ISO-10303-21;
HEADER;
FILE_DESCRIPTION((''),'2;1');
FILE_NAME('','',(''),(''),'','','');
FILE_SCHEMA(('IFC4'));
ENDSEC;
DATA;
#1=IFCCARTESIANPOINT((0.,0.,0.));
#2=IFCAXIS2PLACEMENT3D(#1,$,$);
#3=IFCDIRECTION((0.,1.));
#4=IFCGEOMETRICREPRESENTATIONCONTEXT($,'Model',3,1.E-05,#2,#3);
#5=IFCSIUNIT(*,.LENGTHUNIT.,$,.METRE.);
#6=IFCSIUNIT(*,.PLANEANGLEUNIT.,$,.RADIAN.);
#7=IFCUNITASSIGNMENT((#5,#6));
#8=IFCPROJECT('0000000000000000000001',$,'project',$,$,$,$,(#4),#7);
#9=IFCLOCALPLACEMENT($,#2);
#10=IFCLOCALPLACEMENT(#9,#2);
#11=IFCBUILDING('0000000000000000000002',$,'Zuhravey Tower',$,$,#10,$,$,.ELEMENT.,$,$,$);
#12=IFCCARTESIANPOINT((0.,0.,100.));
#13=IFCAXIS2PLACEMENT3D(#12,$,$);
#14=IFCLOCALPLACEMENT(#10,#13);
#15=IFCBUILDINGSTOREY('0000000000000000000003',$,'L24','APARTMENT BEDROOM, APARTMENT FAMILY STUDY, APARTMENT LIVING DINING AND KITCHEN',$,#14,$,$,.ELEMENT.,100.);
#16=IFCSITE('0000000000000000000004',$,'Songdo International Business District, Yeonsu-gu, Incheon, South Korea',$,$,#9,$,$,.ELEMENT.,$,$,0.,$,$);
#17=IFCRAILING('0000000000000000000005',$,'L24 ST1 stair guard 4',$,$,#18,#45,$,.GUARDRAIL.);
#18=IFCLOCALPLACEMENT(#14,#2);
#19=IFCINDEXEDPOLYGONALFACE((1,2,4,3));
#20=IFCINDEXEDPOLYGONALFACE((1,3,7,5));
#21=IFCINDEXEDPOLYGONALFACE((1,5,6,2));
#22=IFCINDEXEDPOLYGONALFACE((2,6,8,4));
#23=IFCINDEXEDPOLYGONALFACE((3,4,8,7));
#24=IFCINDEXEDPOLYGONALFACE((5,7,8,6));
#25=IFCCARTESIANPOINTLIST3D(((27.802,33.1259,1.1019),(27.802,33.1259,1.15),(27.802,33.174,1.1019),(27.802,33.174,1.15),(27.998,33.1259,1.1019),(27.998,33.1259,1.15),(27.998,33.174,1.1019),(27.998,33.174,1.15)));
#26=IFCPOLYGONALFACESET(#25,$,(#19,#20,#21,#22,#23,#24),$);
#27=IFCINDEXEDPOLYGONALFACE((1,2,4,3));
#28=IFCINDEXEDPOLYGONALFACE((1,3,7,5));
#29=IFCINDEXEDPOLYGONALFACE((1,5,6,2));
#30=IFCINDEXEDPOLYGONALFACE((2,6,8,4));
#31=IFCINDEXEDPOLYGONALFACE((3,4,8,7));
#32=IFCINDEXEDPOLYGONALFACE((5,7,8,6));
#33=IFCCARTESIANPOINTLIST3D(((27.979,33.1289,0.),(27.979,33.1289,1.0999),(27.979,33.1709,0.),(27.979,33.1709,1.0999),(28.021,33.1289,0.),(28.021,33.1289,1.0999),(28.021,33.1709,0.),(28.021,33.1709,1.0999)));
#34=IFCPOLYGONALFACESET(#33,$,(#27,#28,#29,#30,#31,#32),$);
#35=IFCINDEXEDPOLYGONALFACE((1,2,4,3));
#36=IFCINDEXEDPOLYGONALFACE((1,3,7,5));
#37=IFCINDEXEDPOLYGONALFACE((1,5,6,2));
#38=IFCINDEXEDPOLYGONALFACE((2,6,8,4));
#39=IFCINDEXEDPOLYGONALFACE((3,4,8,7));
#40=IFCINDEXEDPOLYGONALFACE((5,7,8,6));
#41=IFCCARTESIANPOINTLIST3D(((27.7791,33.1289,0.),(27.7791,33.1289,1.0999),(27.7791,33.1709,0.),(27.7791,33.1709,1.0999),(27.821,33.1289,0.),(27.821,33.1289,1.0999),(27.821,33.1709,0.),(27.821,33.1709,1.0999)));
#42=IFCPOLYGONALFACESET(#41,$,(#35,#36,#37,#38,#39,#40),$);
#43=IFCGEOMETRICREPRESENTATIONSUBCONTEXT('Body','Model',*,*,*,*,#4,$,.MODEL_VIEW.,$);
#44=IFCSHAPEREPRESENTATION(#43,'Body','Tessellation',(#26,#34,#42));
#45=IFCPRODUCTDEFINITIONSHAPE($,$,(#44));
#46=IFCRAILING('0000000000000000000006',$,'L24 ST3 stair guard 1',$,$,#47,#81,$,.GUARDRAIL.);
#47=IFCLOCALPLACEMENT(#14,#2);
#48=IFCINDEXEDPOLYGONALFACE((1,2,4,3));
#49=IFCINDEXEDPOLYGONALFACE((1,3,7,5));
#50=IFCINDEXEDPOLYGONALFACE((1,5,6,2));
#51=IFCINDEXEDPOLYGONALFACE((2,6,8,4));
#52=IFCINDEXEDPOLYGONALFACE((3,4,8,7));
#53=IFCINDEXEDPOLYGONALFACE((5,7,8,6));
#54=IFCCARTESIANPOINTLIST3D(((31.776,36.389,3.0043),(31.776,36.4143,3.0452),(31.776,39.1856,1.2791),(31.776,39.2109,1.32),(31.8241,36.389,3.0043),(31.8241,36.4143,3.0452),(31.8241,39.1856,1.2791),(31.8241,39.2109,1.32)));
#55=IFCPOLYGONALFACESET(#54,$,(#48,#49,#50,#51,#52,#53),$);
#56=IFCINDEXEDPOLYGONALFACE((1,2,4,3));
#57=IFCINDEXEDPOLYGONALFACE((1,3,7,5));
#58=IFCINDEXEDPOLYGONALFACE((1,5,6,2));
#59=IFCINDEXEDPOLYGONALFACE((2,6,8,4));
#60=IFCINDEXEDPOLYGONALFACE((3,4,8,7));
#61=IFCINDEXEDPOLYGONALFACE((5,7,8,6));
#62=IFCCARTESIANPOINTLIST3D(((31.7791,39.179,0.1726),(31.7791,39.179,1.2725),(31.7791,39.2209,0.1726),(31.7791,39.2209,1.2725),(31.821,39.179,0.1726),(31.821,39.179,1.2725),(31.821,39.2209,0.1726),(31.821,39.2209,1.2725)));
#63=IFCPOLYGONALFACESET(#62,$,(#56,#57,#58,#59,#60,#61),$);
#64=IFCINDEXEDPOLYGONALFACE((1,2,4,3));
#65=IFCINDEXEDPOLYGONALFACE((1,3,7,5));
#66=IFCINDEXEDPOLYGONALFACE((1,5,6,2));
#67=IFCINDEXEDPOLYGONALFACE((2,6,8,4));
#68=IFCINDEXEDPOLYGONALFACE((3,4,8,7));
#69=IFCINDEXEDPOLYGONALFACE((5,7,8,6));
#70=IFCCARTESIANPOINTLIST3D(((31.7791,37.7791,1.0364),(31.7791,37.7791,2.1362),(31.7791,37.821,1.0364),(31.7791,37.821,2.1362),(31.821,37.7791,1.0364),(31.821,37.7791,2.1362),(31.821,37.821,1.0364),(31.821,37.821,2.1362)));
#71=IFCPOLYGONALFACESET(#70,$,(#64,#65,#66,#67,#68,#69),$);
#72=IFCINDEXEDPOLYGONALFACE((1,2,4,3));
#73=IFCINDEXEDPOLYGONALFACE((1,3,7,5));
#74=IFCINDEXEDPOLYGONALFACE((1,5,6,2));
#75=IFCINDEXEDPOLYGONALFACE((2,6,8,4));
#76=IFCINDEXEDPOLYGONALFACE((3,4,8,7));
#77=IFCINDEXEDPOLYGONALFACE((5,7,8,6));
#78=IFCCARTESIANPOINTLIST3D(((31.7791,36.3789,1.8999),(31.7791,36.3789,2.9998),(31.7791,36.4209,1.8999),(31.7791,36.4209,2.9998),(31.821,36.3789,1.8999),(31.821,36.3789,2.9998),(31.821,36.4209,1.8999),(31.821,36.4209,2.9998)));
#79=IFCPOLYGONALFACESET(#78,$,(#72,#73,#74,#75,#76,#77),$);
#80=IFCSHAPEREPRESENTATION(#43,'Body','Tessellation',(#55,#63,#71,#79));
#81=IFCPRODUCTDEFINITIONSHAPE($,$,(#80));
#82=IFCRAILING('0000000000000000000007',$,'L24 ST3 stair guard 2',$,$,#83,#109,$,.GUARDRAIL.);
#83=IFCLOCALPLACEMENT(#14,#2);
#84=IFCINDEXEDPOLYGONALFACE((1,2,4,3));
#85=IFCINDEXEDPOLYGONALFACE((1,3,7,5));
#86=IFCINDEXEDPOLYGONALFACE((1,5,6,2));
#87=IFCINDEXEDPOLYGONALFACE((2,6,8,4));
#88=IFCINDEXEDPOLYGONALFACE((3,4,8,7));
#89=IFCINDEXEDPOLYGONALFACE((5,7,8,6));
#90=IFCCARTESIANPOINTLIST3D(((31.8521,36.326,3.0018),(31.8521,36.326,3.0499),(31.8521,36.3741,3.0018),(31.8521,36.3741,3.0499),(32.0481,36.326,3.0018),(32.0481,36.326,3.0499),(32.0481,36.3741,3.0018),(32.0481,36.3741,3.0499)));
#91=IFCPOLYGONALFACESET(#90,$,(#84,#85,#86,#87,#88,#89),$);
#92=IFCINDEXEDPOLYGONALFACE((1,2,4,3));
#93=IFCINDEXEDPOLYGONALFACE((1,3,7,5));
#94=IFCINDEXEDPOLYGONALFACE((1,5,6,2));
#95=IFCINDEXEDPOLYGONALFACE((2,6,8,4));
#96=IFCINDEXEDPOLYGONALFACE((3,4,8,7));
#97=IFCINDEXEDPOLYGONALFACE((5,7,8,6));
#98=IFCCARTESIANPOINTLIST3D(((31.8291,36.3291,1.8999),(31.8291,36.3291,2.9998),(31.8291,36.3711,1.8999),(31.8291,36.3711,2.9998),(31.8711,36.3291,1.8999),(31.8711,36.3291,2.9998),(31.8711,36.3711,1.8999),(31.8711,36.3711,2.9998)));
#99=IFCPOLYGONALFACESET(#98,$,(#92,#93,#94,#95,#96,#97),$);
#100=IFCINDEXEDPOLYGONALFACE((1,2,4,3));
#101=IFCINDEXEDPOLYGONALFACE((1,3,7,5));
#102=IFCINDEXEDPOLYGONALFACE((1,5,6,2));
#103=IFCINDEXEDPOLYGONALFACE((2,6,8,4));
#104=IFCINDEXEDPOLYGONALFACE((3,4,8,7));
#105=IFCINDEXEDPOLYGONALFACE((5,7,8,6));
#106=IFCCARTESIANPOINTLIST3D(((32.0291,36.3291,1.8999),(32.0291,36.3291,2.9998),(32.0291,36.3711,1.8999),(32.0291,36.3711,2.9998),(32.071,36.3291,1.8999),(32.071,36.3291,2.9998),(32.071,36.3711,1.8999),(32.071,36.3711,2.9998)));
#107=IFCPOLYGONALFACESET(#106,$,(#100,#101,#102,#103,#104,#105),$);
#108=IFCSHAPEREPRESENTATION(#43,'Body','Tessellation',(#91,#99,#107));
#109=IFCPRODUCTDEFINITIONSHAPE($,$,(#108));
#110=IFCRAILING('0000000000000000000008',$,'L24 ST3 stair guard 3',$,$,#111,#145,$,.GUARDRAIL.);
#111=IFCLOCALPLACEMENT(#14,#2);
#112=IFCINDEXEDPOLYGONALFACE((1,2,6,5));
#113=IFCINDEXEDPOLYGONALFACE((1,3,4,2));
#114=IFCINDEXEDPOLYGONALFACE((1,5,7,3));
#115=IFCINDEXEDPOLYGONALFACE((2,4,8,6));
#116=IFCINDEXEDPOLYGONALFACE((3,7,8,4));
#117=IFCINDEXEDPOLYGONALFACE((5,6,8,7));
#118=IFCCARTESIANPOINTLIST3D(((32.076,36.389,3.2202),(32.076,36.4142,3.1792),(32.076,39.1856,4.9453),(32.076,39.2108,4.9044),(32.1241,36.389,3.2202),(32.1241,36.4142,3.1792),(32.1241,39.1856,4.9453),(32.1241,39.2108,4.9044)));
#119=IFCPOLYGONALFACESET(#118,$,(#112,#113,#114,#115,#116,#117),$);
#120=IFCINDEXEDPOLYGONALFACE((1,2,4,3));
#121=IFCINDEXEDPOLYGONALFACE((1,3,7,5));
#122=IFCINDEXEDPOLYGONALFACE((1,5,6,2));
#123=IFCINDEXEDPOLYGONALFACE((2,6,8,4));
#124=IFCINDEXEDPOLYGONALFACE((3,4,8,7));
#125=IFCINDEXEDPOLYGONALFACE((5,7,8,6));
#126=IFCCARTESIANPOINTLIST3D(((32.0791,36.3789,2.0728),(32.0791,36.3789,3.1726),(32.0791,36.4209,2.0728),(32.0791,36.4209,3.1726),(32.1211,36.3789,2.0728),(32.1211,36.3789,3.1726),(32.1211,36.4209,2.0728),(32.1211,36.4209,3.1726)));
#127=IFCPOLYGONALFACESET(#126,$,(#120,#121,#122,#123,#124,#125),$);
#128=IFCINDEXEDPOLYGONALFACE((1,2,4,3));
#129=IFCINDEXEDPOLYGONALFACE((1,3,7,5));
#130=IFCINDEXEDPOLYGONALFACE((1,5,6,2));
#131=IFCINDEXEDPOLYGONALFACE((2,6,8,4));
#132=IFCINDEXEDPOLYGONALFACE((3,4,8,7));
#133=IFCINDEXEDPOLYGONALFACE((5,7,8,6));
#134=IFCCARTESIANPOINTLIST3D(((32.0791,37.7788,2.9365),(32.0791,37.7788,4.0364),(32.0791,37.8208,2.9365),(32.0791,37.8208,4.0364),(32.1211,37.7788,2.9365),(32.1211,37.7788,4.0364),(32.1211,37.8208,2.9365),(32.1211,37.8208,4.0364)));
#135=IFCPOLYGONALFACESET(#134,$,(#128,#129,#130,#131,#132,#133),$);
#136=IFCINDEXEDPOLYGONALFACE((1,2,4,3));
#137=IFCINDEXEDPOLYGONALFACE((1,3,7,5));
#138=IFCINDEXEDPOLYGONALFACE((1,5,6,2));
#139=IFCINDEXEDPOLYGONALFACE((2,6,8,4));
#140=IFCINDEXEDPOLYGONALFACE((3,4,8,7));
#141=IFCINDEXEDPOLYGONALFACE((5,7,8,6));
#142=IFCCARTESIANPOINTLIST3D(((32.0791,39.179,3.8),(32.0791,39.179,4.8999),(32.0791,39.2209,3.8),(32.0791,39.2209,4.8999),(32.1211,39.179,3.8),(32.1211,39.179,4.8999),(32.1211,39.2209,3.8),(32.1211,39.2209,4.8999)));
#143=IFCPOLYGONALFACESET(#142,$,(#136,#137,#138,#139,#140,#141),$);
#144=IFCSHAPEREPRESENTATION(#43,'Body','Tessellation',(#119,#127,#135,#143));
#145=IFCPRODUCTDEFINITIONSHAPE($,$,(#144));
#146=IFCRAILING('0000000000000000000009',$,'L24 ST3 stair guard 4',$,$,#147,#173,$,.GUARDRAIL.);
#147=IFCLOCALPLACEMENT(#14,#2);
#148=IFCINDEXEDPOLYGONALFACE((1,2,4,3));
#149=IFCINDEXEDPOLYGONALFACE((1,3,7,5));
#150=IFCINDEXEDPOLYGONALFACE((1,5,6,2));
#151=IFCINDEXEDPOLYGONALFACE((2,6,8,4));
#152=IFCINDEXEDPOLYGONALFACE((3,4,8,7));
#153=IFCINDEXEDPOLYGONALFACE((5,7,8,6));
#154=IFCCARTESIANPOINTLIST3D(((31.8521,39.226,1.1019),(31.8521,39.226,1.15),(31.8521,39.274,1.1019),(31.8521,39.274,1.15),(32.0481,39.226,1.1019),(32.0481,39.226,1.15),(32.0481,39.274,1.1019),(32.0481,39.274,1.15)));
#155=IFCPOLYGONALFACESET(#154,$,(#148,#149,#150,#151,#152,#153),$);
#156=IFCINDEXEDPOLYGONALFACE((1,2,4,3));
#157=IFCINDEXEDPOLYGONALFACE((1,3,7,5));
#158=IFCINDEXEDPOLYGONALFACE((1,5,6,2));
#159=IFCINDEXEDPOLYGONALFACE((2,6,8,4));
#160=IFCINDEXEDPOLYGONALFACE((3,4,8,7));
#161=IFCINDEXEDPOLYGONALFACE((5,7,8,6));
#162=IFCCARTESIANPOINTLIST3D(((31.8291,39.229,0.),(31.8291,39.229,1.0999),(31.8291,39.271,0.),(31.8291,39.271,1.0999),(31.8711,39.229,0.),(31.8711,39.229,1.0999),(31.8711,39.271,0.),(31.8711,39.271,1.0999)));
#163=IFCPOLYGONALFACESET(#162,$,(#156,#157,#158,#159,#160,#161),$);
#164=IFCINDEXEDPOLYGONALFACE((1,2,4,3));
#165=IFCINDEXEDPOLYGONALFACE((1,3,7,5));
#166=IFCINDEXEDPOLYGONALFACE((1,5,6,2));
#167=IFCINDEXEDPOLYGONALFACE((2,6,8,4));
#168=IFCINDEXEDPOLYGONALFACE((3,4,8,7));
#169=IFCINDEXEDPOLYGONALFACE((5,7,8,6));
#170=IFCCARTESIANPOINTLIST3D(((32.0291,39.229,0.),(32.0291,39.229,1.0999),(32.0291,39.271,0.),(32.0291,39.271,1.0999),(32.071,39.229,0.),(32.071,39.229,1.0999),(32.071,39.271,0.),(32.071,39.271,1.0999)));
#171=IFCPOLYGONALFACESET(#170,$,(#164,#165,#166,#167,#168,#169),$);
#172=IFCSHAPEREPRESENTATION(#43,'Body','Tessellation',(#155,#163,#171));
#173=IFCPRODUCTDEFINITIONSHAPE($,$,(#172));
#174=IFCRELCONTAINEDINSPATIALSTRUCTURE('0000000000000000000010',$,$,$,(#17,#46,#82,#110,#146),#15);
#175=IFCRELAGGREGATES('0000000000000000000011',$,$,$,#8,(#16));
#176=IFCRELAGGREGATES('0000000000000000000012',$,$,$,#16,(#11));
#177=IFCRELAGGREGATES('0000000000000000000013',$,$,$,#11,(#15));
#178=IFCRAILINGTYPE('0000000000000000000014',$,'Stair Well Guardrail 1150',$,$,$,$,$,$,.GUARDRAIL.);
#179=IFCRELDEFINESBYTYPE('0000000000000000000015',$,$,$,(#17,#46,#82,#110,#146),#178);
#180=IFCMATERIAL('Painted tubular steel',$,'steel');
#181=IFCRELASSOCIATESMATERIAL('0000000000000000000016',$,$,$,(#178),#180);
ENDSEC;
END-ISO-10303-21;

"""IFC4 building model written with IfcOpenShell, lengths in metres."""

from ifc_helpers import new_model, si_unit, direction, frame, origin, origin_2d, place, context, subcontext, project, spatial, rectangle, extrude, material, type_object, element, save


model = new_model("IFC4")

# Units and contexts
model_context = context("Model", 3, precision=1e-05, world=origin(), true_north=direction((0.0, 1.0)))
body_context = subcontext(model_context, "Body", "Model", "MODEL_VIEW")
ifc_project = project(units=[si_unit("LENGTHUNIT", "METRE"), si_unit("PLANEANGLEUNIT", "RADIAN")], contexts=[model_context])

# Site, building, storey
site_placement = place(None, origin())
site = spatial("IfcSite", under=ifc_project, at=site_placement, Name="Songdo International Business District, Yeonsu-gu, Incheon, South Korea", CompositionType="ELEMENT", RefElevation=0.0)
building_placement = place(site_placement, origin())
building = spatial("IfcBuilding", under=site, at=building_placement, Name="Zuhravey Tower", CompositionType="ELEMENT")
storey_placement = place(building_placement, frame((0.0, 0.0, 100.0)))
storey = spatial("IfcBuildingStorey", under=building, at=storey_placement, Name="L24", Description="APARTMENT BEDROOM, APARTMENT FAMILY STUDY, APARTMENT LIVING DINING AND KITCHEN", CompositionType="ELEMENT", Elevation=100.0)

# Railings
ifc_material_1 = material(Name="Painted tubular steel", Category="steel")
railing_type_1 = type_object("IfcRailingType", Name="Stair Well Guardrail 1150", PredefinedType="GUARDRAIL", material=ifc_material_1)
railing_1_placement = place(storey_placement, frame((28.0, 33.1499, 0.0)))
element("IfcRailing", 1, at=railing_1_placement, inside=storey, type_object=railing_type_1, Name="L24 ST1 stair guard 4", PredefinedType="GUARDRAIL", context=body_context, shape_type="SweptSolid", body=[
    extrude(rectangle(XDim=0.0481, YDim=0.0481, at=origin_2d()), frame((-0.002, 0.0, 1.126), z_axis=(-1.0, 0.0, 0.0), x_axis=(0.0, -1.0, 0.0)), (0.0, 0.0, 1.0), 0.196),
    extrude(rectangle(XDim=0.042, YDim=0.042, at=origin_2d()), origin(), (0.0, 0.0, 1.0), 1.0999),
    extrude(rectangle(XDim=0.042, YDim=0.042, at=origin_2d()), frame((-0.2, 0.0, 0.0)), (0.0, 0.0, 1.0), 1.0999),
])
railing_2_placement = place(storey_placement, frame((31.8, 39.2, 0.1726)))
element("IfcRailing", 2, at=railing_2_placement, inside=storey, type_object=railing_type_1, Name="L24 ST3 stair guard 1", PredefinedType="GUARDRAIL", context=body_context, shape_type="SweptSolid", body=[
    extrude(rectangle(XDim=0.0481, YDim=0.0481, at=origin_2d()), frame((0.0, -0.0017, 1.127), z_axis=(0.0, -0.85109, 0.52502), x_axis=(1.0, 0.0, 0.0)), (0.0, 0.0, 1.0), 3.2859),
    extrude(rectangle(XDim=0.042, YDim=0.042, at=origin_2d()), origin(), (0.0, 0.0, 1.0), 1.0999),
    extrude(rectangle(XDim=0.042, YDim=0.042, at=origin_2d()), frame((0.0, -1.3999, 0.8638)), (0.0, 0.0, 1.0), 1.0999),
    extrude(rectangle(XDim=0.042, YDim=0.042, at=origin_2d()), frame((0.0, -2.8, 1.7273)), (0.0, 0.0, 1.0), 1.0999),
])
railing_3_placement = place(storey_placement, frame((31.8501, 36.3501, 1.8999)))
element("IfcRailing", 3, at=railing_3_placement, inside=storey, type_object=railing_type_1, Name="L24 ST3 stair guard 2", PredefinedType="GUARDRAIL", context=body_context, shape_type="SweptSolid", body=[
    extrude(rectangle(XDim=0.0481, YDim=0.0481, at=origin_2d()), frame((0.002, 0.0, 1.126), z_axis=(1.0, 0.0, 0.0), x_axis=(0.0, 1.0, 0.0)), (0.0, 0.0, 1.0), 0.196),
    extrude(rectangle(XDim=0.042, YDim=0.042, at=origin_2d()), origin(), (0.0, 0.0, 1.0), 1.0999),
    extrude(rectangle(XDim=0.042, YDim=0.042, at=origin_2d()), frame((0.2, 0.0, 0.0)), (0.0, 0.0, 1.0), 1.0999),
])
railing_4_placement = place(storey_placement, frame((32.1001, 36.3999, 2.0728)))
element("IfcRailing", 4, at=railing_4_placement, inside=storey, type_object=railing_type_1, Name="L24 ST3 stair guard 3", PredefinedType="GUARDRAIL", context=body_context, shape_type="SweptSolid", body=[
    extrude(rectangle(XDim=0.0481, YDim=0.0481, at=origin_2d()), frame((0.0, 0.0017, 1.127), z_axis=(0.0, 0.85109, 0.52502), x_axis=(-1.0, 0.0, 0.0)), (0.0, 0.0, 1.0), 3.2859),
    extrude(rectangle(XDim=0.042, YDim=0.042, at=origin_2d()), origin(), (0.0, 0.0, 1.0), 1.0999),
    extrude(rectangle(XDim=0.042, YDim=0.042, at=origin_2d()), frame((0.0, 1.3999, 0.8638)), (0.0, 0.0, 1.0), 1.0999),
    extrude(rectangle(XDim=0.042, YDim=0.042, at=origin_2d()), frame((0.0, 2.8, 1.7273)), (0.0, 0.0, 1.0), 1.0999),
])
railing_5_placement = place(storey_placement, frame((31.8501, 39.25, 0.0)))
element("IfcRailing", 5, at=railing_5_placement, inside=storey, type_object=railing_type_1, Name="L24 ST3 stair guard 4", PredefinedType="GUARDRAIL", context=body_context, shape_type="SweptSolid", body=[
    extrude(rectangle(XDim=0.0481, YDim=0.0481, at=origin_2d()), frame((0.002, 0.0, 1.126), z_axis=(1.0, 0.0, 0.0), x_axis=(0.0, 1.0, 0.0)), (0.0, 0.0, 1.0), 0.196),
    extrude(rectangle(XDim=0.042, YDim=0.042, at=origin_2d()), origin(), (0.0, 0.0, 1.0), 1.0999),
    extrude(rectangle(XDim=0.042, YDim=0.042, at=origin_2d()), frame((0.2, 0.0, 0.0)), (0.0, 0.0, 1.0), 1.0999),
])

save(model, "model.ifc")
